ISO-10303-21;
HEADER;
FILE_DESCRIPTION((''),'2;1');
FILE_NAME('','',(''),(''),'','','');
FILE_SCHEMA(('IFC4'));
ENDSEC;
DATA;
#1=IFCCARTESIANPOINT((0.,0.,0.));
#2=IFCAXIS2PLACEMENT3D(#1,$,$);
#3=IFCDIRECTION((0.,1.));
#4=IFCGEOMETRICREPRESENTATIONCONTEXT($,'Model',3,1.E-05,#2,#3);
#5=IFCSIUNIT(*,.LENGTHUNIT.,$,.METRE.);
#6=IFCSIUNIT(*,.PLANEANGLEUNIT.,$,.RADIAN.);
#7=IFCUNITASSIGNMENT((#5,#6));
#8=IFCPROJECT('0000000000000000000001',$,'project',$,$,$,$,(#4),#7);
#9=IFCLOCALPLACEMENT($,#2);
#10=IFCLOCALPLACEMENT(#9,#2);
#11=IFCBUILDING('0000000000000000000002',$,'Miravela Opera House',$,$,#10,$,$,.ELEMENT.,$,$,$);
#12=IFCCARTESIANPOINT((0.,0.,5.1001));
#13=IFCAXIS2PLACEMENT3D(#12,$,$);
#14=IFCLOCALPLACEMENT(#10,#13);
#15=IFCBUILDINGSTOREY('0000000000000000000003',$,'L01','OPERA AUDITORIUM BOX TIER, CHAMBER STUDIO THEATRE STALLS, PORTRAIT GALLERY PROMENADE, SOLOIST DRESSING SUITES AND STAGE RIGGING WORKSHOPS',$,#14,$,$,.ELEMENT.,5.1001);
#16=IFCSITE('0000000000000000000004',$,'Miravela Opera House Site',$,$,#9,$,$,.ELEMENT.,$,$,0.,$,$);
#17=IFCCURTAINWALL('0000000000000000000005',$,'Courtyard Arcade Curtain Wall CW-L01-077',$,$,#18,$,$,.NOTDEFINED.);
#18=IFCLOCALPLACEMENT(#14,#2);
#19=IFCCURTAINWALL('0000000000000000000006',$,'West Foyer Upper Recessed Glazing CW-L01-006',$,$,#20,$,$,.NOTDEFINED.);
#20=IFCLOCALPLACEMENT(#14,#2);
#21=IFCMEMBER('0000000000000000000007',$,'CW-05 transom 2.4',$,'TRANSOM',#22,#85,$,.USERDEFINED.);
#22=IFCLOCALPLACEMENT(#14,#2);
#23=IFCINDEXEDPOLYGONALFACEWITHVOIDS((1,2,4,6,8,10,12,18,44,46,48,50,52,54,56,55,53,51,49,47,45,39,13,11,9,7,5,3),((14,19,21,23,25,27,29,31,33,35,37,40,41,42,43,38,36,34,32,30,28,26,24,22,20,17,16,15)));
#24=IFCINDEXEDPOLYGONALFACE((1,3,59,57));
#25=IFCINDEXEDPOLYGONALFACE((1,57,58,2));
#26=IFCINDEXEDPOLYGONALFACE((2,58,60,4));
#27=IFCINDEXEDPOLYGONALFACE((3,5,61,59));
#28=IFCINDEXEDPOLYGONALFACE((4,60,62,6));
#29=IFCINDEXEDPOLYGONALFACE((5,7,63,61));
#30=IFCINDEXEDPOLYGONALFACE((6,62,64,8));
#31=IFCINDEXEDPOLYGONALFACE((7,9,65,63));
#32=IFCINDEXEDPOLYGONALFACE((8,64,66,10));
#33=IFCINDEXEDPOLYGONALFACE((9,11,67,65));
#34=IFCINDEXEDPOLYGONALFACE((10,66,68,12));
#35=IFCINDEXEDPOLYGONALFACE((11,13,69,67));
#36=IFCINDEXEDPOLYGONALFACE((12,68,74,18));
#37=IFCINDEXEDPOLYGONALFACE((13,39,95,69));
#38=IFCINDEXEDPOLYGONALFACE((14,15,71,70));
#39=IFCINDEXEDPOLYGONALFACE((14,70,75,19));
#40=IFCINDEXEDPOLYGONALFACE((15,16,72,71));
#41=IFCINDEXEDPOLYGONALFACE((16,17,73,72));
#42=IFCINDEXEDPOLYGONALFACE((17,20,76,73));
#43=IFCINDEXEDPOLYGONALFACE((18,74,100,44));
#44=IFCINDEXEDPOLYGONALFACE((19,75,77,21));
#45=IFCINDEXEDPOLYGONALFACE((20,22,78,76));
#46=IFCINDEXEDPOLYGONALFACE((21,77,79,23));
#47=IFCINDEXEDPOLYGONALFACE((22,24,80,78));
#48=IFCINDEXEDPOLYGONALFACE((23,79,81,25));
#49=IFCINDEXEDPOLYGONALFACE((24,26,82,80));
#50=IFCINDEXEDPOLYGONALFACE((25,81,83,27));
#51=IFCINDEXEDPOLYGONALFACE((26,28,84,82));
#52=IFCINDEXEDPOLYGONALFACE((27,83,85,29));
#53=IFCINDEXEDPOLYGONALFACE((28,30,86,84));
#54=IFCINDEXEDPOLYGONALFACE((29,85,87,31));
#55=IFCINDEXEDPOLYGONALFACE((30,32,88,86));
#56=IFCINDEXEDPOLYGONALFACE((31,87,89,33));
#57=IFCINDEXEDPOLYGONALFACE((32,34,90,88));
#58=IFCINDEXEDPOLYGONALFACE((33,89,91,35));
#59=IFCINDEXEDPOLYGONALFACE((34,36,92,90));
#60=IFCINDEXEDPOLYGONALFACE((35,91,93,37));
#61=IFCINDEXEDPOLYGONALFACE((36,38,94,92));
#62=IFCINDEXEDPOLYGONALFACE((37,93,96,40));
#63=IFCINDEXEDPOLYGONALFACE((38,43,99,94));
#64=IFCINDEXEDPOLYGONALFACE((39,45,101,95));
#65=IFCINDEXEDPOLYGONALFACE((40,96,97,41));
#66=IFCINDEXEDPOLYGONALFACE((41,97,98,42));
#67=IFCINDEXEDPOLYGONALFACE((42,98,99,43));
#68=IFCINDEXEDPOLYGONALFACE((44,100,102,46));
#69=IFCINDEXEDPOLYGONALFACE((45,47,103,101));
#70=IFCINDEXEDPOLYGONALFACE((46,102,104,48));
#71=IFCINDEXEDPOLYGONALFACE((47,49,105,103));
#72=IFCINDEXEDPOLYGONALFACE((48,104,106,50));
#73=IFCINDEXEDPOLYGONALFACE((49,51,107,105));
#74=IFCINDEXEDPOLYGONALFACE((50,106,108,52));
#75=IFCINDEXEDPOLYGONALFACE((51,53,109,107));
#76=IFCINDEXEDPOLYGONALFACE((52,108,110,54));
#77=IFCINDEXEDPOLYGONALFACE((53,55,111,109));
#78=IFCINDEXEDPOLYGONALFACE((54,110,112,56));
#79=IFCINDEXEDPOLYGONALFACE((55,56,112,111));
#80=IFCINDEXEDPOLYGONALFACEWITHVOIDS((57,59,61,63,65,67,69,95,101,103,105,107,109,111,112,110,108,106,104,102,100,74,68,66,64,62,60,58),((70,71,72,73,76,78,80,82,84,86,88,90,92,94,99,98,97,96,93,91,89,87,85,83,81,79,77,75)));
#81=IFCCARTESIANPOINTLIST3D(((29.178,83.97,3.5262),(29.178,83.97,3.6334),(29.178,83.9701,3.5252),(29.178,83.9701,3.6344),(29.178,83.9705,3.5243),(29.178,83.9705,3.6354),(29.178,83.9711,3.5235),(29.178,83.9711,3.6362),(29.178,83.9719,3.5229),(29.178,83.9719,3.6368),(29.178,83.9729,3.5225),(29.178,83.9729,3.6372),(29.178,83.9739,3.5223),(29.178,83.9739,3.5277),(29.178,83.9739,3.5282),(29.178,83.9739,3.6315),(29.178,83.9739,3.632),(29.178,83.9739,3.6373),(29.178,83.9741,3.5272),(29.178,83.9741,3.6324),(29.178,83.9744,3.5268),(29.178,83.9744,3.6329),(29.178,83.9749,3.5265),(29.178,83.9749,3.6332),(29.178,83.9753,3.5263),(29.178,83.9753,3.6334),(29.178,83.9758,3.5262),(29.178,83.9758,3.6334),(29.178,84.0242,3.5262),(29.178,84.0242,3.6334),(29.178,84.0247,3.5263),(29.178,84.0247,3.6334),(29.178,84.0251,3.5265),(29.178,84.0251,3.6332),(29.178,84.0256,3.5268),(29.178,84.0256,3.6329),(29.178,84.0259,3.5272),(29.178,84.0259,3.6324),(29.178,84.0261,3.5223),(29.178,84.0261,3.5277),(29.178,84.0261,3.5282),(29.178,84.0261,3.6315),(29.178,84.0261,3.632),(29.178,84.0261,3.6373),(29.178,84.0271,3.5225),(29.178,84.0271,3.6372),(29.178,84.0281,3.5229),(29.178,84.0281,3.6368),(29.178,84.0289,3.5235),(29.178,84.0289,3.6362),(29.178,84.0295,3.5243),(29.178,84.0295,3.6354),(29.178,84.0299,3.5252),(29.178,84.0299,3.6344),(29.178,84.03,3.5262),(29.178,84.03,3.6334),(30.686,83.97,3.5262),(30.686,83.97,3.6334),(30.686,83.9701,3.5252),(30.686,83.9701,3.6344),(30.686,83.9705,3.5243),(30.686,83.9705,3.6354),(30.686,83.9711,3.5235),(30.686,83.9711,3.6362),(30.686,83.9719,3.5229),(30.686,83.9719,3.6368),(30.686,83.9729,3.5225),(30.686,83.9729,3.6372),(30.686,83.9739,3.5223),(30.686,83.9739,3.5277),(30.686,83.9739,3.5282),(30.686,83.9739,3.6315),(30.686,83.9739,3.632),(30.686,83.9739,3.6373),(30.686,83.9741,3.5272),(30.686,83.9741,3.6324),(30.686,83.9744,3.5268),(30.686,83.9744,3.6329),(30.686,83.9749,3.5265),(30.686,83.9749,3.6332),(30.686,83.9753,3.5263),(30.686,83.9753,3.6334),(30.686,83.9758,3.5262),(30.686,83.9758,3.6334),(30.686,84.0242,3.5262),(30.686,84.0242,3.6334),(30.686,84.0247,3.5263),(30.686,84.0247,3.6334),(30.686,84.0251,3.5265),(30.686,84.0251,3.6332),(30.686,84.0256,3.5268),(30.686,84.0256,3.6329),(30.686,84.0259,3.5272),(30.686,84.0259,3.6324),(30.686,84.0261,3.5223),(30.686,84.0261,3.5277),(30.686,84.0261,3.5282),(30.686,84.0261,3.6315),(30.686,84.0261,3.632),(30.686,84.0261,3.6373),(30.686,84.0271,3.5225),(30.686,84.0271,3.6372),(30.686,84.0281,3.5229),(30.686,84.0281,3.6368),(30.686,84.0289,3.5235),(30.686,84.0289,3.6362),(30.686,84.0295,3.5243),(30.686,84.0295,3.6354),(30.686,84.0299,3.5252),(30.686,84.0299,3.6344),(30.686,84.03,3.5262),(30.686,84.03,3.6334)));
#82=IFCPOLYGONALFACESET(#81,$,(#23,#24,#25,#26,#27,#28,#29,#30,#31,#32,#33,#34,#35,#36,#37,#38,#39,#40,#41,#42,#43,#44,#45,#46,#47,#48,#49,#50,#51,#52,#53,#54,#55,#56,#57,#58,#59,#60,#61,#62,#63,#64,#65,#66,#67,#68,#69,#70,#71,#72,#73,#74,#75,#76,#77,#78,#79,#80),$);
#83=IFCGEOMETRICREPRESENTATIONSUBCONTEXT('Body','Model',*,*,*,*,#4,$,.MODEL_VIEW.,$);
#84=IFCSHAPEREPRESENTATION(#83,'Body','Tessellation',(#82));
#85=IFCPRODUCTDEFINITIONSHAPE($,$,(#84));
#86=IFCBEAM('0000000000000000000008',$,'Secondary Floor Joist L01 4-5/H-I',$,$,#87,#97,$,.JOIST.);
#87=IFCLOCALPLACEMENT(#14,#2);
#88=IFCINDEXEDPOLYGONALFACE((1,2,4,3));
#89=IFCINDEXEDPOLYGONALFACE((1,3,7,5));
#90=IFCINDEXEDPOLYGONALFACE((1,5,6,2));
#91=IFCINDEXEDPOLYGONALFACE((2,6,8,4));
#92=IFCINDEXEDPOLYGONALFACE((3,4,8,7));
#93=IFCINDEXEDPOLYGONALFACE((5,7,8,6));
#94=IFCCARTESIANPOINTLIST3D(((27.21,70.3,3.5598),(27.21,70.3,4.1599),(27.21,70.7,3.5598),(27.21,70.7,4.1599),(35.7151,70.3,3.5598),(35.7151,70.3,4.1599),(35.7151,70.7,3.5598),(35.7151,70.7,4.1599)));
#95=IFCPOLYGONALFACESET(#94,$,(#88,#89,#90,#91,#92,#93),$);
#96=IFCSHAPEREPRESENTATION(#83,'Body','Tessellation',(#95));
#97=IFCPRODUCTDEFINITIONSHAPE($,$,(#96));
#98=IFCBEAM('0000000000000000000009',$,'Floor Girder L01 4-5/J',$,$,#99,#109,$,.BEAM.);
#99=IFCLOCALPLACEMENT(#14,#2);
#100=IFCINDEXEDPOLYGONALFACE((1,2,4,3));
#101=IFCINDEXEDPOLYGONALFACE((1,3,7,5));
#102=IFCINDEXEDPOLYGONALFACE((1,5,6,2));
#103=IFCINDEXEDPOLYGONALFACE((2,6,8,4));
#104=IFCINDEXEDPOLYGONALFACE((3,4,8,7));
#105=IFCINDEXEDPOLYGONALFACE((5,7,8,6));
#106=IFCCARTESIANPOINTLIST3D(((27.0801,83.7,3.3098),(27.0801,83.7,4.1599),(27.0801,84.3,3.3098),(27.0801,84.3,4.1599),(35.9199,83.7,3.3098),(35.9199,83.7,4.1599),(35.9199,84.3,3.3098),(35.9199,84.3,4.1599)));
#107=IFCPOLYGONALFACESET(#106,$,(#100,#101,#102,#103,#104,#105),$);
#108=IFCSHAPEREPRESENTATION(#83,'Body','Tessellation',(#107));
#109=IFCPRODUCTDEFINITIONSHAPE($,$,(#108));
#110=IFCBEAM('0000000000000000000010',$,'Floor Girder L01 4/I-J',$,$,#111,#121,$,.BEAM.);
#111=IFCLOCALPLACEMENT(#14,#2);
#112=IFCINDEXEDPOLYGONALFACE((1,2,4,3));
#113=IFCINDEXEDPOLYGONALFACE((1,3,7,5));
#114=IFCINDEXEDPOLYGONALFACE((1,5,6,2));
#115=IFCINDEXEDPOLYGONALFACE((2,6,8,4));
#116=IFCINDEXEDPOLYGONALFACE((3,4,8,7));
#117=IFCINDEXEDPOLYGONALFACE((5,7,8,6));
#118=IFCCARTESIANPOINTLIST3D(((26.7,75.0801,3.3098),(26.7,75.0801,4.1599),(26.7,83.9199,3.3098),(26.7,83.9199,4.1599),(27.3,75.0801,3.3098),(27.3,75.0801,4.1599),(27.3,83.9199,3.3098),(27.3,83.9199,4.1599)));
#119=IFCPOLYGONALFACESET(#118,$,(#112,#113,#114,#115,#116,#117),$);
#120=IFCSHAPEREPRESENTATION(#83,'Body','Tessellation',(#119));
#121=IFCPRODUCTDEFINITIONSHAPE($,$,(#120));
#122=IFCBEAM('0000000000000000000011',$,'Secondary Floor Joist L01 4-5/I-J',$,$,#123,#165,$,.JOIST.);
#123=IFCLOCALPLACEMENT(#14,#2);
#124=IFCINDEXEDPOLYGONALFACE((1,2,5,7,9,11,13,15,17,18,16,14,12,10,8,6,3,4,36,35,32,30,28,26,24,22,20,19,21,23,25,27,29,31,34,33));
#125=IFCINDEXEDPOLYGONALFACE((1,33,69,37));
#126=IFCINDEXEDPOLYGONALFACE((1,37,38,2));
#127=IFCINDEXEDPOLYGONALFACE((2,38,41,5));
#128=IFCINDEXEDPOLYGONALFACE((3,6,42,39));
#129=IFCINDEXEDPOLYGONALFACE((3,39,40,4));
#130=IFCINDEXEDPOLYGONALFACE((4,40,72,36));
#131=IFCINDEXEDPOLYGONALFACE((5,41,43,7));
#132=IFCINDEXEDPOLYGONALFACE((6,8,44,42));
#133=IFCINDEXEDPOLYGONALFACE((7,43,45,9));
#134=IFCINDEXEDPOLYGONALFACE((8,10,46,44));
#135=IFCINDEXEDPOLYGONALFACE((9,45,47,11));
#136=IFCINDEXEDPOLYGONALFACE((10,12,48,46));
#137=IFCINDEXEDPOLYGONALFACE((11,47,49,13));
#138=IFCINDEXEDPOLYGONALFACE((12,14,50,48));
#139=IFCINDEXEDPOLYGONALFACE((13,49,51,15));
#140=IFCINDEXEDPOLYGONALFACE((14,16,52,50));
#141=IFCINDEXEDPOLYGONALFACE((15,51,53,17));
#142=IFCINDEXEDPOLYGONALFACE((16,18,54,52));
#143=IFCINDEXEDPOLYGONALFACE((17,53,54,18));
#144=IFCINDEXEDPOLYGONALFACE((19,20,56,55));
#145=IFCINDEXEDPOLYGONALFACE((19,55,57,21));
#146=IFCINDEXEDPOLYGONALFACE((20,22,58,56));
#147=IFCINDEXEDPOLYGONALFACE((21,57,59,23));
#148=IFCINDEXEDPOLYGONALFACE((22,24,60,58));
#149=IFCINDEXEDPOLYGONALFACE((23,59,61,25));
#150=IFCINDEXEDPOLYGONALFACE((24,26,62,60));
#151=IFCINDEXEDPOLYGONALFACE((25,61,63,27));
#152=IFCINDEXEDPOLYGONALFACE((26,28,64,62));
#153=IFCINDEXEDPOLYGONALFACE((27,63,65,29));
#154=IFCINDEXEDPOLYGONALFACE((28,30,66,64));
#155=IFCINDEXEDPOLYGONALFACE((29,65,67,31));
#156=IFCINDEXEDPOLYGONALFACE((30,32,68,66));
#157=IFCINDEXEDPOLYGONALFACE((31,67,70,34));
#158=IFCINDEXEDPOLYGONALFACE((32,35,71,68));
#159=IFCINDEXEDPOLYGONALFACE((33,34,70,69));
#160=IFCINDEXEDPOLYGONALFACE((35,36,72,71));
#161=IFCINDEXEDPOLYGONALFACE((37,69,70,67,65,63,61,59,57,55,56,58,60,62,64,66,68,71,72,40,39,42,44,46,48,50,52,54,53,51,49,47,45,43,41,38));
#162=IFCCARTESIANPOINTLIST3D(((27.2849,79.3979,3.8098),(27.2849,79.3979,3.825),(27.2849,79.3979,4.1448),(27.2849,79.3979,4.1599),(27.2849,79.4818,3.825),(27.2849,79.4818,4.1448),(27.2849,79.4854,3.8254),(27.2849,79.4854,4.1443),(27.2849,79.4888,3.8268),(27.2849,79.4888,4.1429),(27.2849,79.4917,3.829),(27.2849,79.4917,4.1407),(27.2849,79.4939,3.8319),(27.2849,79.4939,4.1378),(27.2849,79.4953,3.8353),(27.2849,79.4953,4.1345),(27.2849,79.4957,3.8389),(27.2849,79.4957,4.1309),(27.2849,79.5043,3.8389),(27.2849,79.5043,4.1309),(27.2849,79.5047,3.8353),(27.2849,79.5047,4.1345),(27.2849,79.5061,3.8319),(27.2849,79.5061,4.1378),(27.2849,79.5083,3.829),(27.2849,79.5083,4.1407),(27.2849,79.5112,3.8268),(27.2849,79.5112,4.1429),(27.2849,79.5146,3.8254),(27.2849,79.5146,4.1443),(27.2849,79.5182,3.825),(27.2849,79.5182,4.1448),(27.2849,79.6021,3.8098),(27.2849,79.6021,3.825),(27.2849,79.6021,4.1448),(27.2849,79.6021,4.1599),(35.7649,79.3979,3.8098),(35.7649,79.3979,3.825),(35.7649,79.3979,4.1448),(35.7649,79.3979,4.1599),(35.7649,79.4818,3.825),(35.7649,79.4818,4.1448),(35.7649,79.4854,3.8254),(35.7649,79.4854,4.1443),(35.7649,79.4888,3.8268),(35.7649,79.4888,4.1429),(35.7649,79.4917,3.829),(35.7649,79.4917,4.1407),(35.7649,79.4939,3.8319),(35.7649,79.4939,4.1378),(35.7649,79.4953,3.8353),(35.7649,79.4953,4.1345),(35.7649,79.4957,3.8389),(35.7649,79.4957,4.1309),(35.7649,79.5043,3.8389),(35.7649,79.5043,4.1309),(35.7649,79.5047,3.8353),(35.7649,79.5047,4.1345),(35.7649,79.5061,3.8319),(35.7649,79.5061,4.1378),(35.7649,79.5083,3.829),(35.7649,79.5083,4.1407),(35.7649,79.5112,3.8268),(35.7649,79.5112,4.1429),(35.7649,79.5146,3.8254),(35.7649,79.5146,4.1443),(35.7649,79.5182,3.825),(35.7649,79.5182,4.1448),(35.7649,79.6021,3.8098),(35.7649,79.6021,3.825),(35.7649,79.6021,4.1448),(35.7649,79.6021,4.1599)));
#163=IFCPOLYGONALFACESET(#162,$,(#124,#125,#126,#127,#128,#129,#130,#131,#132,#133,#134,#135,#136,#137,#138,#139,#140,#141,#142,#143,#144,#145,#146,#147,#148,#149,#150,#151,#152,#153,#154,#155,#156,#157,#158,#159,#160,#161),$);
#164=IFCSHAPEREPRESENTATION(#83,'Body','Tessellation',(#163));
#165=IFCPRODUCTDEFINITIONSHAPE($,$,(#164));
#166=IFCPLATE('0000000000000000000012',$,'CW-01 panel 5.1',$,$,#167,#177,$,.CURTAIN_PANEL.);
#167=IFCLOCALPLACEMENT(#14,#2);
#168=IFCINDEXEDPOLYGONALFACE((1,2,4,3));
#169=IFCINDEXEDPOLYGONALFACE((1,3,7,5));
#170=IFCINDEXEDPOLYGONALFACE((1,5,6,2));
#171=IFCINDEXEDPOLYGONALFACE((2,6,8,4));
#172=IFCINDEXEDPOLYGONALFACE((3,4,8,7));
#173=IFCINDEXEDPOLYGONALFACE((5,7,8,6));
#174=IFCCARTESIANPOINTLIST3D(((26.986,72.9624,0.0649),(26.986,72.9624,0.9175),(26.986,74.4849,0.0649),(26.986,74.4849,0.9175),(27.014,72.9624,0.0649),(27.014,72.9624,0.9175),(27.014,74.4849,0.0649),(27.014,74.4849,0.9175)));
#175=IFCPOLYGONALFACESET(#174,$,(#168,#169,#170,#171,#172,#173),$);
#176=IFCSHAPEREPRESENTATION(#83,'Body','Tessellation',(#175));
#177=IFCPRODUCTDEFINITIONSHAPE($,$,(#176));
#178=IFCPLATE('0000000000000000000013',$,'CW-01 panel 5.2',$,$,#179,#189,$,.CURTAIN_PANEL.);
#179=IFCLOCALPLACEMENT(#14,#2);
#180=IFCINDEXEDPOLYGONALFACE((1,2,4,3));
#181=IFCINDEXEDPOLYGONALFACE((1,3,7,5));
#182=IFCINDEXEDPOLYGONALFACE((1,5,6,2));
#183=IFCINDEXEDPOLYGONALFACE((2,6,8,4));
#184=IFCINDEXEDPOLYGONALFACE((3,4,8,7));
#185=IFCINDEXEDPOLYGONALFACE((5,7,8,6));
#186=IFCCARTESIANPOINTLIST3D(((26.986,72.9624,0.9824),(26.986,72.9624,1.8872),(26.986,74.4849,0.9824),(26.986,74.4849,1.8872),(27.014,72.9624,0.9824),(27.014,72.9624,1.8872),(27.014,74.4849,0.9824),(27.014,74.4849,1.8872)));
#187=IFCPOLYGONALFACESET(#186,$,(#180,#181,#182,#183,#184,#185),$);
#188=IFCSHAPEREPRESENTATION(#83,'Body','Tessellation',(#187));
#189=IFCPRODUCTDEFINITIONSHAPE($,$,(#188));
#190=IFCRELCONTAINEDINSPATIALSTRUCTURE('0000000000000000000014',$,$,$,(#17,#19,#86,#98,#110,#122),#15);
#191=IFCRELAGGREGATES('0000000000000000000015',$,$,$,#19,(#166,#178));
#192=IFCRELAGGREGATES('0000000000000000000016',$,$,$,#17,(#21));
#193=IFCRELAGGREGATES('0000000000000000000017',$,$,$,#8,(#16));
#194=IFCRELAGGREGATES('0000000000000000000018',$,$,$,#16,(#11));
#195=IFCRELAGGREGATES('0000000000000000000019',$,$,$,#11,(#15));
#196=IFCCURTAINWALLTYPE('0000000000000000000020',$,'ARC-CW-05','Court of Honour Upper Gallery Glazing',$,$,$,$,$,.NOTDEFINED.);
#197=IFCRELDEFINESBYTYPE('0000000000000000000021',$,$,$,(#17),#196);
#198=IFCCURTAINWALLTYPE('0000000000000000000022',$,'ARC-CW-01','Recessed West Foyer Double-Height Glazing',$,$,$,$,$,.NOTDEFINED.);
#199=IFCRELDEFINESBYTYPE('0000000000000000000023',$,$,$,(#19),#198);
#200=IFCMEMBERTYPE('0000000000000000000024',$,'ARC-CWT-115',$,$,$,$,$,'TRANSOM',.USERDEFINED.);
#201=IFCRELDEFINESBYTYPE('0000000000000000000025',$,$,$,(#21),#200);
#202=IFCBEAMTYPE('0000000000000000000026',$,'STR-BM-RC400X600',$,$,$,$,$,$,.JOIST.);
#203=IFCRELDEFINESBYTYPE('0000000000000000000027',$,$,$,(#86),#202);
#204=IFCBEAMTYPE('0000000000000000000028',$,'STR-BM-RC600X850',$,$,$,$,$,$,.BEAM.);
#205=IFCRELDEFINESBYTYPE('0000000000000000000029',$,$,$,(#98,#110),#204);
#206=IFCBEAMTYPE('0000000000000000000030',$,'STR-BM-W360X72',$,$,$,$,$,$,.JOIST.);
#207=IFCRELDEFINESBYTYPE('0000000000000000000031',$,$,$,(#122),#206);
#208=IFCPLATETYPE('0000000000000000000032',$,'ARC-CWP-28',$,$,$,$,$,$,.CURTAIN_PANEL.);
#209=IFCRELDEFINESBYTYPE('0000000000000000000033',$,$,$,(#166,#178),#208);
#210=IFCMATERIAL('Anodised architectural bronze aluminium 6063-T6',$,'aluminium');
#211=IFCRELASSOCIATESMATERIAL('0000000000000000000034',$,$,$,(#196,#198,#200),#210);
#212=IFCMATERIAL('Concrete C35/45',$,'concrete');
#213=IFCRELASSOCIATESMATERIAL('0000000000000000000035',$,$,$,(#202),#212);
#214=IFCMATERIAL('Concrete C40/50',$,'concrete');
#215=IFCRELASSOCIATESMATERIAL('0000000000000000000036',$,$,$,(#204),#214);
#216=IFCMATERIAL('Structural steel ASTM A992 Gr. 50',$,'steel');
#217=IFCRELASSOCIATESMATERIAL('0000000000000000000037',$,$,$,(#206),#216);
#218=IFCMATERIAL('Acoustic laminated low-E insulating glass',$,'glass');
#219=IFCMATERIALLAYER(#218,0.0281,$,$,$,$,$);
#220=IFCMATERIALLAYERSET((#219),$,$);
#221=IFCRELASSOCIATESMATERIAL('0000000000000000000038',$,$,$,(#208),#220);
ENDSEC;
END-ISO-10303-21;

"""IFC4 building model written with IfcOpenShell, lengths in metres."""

from ifc_helpers import new_model, si_unit, direction, frame, origin, origin_2d, place, context, subcontext, project, spatial, rectangle, hollow_rectangle, i_section, extrude, material, layer, layer_set, material_profile, profile_set, type_object, element, aggregate, save


model = new_model("IFC4")

# Units and contexts
model_context = context("Model", 3, precision=1e-05, world=origin(), true_north=direction((0.0, 1.0)))
body_context = subcontext(model_context, "Body", "Model", "MODEL_VIEW")
ifc_project = project(units=[si_unit("LENGTHUNIT", "METRE"), si_unit("PLANEANGLEUNIT", "RADIAN")], contexts=[model_context])

# Site, building, storey
site_placement = place(None, origin())
site = spatial("IfcSite", under=ifc_project, at=site_placement, Name="Miravela Opera House Site", CompositionType="ELEMENT", RefElevation=0.0)
building_placement = place(site_placement, origin())
building = spatial("IfcBuilding", under=site, at=building_placement, Name="Miravela Opera House", CompositionType="ELEMENT")
storey_placement = place(building_placement, frame((0.0, 0.0, 5.1001)))
storey = spatial("IfcBuildingStorey", under=building, at=storey_placement, Name="L01", Description="OPERA AUDITORIUM BOX TIER, CHAMBER STUDIO THEATRE STALLS, PORTRAIT GALLERY PROMENADE, SOLOIST DRESSING SUITES AND STAGE RIGGING WORKSHOPS", CompositionType="ELEMENT", Elevation=5.1001)

# Shared definitions
ifc_material_1 = material(Name="Concrete C35/45", Category="concrete")
ifc_material_2 = material(Name="Concrete C40/50", Category="concrete")

# Curtain wall
ifc_material_3 = material(Name="Anodised architectural bronze aluminium 6063-T6", Category="aluminium")
curtain_wall_type_1 = type_object("IfcCurtainWallType", Name="ARC-CW-05", Description="Court of Honour Upper Gallery Glazing", PredefinedType="NOTDEFINED", material=ifc_material_3)
curtain_wall_1_placement = place(storey_placement, origin())
curtain_wall_1 = element("IfcCurtainWall", 1, at=curtain_wall_1_placement, inside=storey, type_object=curtain_wall_type_1, Name="Courtyard Arcade Curtain Wall CW-L01-077", PredefinedType="NOTDEFINED")

# Curtain wall
curtain_wall_type_2 = type_object("IfcCurtainWallType", Name="ARC-CW-01", Description="Recessed West Foyer Double-Height Glazing", PredefinedType="NOTDEFINED", material=ifc_material_3)
curtain_wall_2_placement = place(storey_placement, origin())
curtain_wall_2 = element("IfcCurtainWall", 2, at=curtain_wall_2_placement, inside=storey, type_object=curtain_wall_type_2, Name="West Foyer Upper Recessed Glazing CW-L01-006", PredefinedType="NOTDEFINED")

# Member
ifc_material_profile_1 = material_profile(ifc_material_3, hollow_rectangle(XDim=0.0601, YDim=0.115, WallThickness=0.0039, InnerFilletRadius=0.002, OuterFilletRadius=0.0039, at=origin_2d()), Name="CWT-60X115")
ifc_profile_set_1 = profile_set([ifc_material_profile_1])
member_type_1 = type_object("IfcMemberType", Name="ARC-CWT-115", ElementType="TRANSOM", PredefinedType="USERDEFINED", material=ifc_profile_set_1)
member_1_placement = place(storey_placement, frame((29.178, 84.0, 3.5798), z_axis=(1.0, 0.0, 0.0), x_axis=(0.0, 1.0, 0.0)))
member_1 = element("IfcMember", 3, at=member_1_placement, type_object=member_type_1, Name="CW-05 transom 2.4", ObjectType="TRANSOM", PredefinedType="USERDEFINED", context=body_context, shape_type="SweptSolid", body=[
    extrude(hollow_rectangle(XDim=0.0601, YDim=0.115, WallThickness=0.0039, InnerFilletRadius=0.002, OuterFilletRadius=0.0039, at=origin_2d()), origin(), (0.0, 0.0, 1.0), 1.5081),
])

# Beams
ifc_material_profile_2 = material_profile(ifc_material_1, rectangle(XDim=0.3999, YDim=0.6001, at=origin_2d()), Name="RC-BM-400X600")
ifc_profile_set_2 = profile_set([ifc_material_profile_2])
beam_type_1 = type_object("IfcBeamType", Name="STR-BM-RC400X600", PredefinedType="JOIST", material=ifc_profile_set_2)
beam_1_placement = place(storey_placement, frame((27.21, 70.5, 3.8599), z_axis=(1.0, 0.0, 0.0), x_axis=(0.0, 1.0, 0.0)))
element("IfcBeam", 4, at=beam_1_placement, inside=storey, type_object=beam_type_1, Name="Secondary Floor Joist L01 4-5/H-I", PredefinedType="JOIST", context=body_context, shape_type="SweptSolid", body=[
    extrude(rectangle(XDim=0.3999, YDim=0.6001, at=origin_2d()), origin(), (0.0, 0.0, 1.0), 8.5051),
])
ifc_material_profile_3 = material_profile(ifc_material_2, rectangle(XDim=0.6001, YDim=0.8501, at=origin_2d()), Name="RC-BM-600X850")
ifc_profile_set_3 = profile_set([ifc_material_profile_3])
beam_type_2 = type_object("IfcBeamType", Name="STR-BM-RC600X850", PredefinedType="BEAM", material=ifc_profile_set_3)
for number, where, z_axis, x_axis, name in (
    (5, (27.0801, 84.0, 3.7349), (1.0, 0.0, 0.0), (0.0, 1.0, 0.0), "Floor Girder L01 4-5/J"),
    (6, (27.0, 75.0801, 3.7349), (0.0, 1.0, 0.0), (-1.0, 0.0, 0.0), "Floor Girder L01 4/I-J"),
):
    element("IfcBeam", number, at=place(storey_placement, frame(where, z_axis=z_axis, x_axis=x_axis)), inside=storey, type_object=beam_type_2, Name=name, PredefinedType="BEAM", context=body_context, shape_type="SweptSolid", body=[
        extrude(rectangle(XDim=0.6001, YDim=0.8501, at=origin_2d()), origin(), (0.0, 0.0, 1.0), 8.8398),
    ])
ifc_material_4 = material(Name="Structural steel ASTM A992 Gr. 50", Category="steel")
ifc_material_profile_4 = material_profile(ifc_material_4, i_section(OverallWidth=0.2041, OverallDepth=0.3501, WebThickness=0.0085, FlangeThickness=0.0151, FilletRadius=0.0139, at=origin_2d()), Name="W360X72")
ifc_profile_set_4 = profile_set([ifc_material_profile_4])
beam_type_3 = type_object("IfcBeamType", Name="STR-BM-W360X72", PredefinedType="JOIST", material=ifc_profile_set_4)
beam_2_placement = place(storey_placement, frame((27.2849, 79.5, 3.9849), z_axis=(1.0, 0.0, 0.0), x_axis=(0.0, 1.0, 0.0)))
element("IfcBeam", 7, at=beam_2_placement, inside=storey, type_object=beam_type_3, Name="Secondary Floor Joist L01 4-5/I-J", PredefinedType="JOIST", context=body_context, shape_type="SweptSolid", body=[
    extrude(i_section(OverallWidth=0.2041, OverallDepth=0.3501, WebThickness=0.0085, FlangeThickness=0.0151, FilletRadius=0.0139, at=origin_2d()), origin(), (0.0, 0.0, 1.0), 8.48),
])

# Plates
ifc_material_5 = material(Name="Acoustic laminated low-E insulating glass", Category="glass")
ifc_layer = layer(ifc_material_5, 0.0281)
ifc_layer_set = layer_set([ifc_layer])
plate_type = type_object("IfcPlateType", Name="ARC-CWP-28", PredefinedType="CURTAIN_PANEL", material=ifc_layer_set)
plate_1_placement = place(storey_placement, frame((27.0, 73.7236, 0.0649), z_axis=(0.0, 0.0, 1.0), x_axis=(0.0, 1.0, 0.0)))
plate_1 = element("IfcPlate", 8, at=plate_1_placement, type_object=plate_type, Name="CW-01 panel 5.1", PredefinedType="CURTAIN_PANEL", context=body_context, shape_type="SweptSolid", body=[
    extrude(rectangle(XDim=1.5225, YDim=0.0281, at=origin_2d()), origin(), (0.0, 0.0, 1.0), 0.8525),
])
plate_2_placement = place(storey_placement, frame((27.0, 73.7236, 0.9824), z_axis=(0.0, 0.0, 1.0), x_axis=(0.0, 1.0, 0.0)))
plate_2 = element("IfcPlate", 9, at=plate_2_placement, type_object=plate_type, Name="CW-01 panel 5.2", PredefinedType="CURTAIN_PANEL", context=body_context, shape_type="SweptSolid", body=[
    extrude(rectangle(XDim=1.5225, YDim=0.0281, at=origin_2d()), origin(), (0.0, 0.0, 1.0), 0.9048),
])
aggregate(curtain_wall_2, [plate_1, plate_2])
aggregate(curtain_wall_1, [member_1])

save(model, "model.ifc")
